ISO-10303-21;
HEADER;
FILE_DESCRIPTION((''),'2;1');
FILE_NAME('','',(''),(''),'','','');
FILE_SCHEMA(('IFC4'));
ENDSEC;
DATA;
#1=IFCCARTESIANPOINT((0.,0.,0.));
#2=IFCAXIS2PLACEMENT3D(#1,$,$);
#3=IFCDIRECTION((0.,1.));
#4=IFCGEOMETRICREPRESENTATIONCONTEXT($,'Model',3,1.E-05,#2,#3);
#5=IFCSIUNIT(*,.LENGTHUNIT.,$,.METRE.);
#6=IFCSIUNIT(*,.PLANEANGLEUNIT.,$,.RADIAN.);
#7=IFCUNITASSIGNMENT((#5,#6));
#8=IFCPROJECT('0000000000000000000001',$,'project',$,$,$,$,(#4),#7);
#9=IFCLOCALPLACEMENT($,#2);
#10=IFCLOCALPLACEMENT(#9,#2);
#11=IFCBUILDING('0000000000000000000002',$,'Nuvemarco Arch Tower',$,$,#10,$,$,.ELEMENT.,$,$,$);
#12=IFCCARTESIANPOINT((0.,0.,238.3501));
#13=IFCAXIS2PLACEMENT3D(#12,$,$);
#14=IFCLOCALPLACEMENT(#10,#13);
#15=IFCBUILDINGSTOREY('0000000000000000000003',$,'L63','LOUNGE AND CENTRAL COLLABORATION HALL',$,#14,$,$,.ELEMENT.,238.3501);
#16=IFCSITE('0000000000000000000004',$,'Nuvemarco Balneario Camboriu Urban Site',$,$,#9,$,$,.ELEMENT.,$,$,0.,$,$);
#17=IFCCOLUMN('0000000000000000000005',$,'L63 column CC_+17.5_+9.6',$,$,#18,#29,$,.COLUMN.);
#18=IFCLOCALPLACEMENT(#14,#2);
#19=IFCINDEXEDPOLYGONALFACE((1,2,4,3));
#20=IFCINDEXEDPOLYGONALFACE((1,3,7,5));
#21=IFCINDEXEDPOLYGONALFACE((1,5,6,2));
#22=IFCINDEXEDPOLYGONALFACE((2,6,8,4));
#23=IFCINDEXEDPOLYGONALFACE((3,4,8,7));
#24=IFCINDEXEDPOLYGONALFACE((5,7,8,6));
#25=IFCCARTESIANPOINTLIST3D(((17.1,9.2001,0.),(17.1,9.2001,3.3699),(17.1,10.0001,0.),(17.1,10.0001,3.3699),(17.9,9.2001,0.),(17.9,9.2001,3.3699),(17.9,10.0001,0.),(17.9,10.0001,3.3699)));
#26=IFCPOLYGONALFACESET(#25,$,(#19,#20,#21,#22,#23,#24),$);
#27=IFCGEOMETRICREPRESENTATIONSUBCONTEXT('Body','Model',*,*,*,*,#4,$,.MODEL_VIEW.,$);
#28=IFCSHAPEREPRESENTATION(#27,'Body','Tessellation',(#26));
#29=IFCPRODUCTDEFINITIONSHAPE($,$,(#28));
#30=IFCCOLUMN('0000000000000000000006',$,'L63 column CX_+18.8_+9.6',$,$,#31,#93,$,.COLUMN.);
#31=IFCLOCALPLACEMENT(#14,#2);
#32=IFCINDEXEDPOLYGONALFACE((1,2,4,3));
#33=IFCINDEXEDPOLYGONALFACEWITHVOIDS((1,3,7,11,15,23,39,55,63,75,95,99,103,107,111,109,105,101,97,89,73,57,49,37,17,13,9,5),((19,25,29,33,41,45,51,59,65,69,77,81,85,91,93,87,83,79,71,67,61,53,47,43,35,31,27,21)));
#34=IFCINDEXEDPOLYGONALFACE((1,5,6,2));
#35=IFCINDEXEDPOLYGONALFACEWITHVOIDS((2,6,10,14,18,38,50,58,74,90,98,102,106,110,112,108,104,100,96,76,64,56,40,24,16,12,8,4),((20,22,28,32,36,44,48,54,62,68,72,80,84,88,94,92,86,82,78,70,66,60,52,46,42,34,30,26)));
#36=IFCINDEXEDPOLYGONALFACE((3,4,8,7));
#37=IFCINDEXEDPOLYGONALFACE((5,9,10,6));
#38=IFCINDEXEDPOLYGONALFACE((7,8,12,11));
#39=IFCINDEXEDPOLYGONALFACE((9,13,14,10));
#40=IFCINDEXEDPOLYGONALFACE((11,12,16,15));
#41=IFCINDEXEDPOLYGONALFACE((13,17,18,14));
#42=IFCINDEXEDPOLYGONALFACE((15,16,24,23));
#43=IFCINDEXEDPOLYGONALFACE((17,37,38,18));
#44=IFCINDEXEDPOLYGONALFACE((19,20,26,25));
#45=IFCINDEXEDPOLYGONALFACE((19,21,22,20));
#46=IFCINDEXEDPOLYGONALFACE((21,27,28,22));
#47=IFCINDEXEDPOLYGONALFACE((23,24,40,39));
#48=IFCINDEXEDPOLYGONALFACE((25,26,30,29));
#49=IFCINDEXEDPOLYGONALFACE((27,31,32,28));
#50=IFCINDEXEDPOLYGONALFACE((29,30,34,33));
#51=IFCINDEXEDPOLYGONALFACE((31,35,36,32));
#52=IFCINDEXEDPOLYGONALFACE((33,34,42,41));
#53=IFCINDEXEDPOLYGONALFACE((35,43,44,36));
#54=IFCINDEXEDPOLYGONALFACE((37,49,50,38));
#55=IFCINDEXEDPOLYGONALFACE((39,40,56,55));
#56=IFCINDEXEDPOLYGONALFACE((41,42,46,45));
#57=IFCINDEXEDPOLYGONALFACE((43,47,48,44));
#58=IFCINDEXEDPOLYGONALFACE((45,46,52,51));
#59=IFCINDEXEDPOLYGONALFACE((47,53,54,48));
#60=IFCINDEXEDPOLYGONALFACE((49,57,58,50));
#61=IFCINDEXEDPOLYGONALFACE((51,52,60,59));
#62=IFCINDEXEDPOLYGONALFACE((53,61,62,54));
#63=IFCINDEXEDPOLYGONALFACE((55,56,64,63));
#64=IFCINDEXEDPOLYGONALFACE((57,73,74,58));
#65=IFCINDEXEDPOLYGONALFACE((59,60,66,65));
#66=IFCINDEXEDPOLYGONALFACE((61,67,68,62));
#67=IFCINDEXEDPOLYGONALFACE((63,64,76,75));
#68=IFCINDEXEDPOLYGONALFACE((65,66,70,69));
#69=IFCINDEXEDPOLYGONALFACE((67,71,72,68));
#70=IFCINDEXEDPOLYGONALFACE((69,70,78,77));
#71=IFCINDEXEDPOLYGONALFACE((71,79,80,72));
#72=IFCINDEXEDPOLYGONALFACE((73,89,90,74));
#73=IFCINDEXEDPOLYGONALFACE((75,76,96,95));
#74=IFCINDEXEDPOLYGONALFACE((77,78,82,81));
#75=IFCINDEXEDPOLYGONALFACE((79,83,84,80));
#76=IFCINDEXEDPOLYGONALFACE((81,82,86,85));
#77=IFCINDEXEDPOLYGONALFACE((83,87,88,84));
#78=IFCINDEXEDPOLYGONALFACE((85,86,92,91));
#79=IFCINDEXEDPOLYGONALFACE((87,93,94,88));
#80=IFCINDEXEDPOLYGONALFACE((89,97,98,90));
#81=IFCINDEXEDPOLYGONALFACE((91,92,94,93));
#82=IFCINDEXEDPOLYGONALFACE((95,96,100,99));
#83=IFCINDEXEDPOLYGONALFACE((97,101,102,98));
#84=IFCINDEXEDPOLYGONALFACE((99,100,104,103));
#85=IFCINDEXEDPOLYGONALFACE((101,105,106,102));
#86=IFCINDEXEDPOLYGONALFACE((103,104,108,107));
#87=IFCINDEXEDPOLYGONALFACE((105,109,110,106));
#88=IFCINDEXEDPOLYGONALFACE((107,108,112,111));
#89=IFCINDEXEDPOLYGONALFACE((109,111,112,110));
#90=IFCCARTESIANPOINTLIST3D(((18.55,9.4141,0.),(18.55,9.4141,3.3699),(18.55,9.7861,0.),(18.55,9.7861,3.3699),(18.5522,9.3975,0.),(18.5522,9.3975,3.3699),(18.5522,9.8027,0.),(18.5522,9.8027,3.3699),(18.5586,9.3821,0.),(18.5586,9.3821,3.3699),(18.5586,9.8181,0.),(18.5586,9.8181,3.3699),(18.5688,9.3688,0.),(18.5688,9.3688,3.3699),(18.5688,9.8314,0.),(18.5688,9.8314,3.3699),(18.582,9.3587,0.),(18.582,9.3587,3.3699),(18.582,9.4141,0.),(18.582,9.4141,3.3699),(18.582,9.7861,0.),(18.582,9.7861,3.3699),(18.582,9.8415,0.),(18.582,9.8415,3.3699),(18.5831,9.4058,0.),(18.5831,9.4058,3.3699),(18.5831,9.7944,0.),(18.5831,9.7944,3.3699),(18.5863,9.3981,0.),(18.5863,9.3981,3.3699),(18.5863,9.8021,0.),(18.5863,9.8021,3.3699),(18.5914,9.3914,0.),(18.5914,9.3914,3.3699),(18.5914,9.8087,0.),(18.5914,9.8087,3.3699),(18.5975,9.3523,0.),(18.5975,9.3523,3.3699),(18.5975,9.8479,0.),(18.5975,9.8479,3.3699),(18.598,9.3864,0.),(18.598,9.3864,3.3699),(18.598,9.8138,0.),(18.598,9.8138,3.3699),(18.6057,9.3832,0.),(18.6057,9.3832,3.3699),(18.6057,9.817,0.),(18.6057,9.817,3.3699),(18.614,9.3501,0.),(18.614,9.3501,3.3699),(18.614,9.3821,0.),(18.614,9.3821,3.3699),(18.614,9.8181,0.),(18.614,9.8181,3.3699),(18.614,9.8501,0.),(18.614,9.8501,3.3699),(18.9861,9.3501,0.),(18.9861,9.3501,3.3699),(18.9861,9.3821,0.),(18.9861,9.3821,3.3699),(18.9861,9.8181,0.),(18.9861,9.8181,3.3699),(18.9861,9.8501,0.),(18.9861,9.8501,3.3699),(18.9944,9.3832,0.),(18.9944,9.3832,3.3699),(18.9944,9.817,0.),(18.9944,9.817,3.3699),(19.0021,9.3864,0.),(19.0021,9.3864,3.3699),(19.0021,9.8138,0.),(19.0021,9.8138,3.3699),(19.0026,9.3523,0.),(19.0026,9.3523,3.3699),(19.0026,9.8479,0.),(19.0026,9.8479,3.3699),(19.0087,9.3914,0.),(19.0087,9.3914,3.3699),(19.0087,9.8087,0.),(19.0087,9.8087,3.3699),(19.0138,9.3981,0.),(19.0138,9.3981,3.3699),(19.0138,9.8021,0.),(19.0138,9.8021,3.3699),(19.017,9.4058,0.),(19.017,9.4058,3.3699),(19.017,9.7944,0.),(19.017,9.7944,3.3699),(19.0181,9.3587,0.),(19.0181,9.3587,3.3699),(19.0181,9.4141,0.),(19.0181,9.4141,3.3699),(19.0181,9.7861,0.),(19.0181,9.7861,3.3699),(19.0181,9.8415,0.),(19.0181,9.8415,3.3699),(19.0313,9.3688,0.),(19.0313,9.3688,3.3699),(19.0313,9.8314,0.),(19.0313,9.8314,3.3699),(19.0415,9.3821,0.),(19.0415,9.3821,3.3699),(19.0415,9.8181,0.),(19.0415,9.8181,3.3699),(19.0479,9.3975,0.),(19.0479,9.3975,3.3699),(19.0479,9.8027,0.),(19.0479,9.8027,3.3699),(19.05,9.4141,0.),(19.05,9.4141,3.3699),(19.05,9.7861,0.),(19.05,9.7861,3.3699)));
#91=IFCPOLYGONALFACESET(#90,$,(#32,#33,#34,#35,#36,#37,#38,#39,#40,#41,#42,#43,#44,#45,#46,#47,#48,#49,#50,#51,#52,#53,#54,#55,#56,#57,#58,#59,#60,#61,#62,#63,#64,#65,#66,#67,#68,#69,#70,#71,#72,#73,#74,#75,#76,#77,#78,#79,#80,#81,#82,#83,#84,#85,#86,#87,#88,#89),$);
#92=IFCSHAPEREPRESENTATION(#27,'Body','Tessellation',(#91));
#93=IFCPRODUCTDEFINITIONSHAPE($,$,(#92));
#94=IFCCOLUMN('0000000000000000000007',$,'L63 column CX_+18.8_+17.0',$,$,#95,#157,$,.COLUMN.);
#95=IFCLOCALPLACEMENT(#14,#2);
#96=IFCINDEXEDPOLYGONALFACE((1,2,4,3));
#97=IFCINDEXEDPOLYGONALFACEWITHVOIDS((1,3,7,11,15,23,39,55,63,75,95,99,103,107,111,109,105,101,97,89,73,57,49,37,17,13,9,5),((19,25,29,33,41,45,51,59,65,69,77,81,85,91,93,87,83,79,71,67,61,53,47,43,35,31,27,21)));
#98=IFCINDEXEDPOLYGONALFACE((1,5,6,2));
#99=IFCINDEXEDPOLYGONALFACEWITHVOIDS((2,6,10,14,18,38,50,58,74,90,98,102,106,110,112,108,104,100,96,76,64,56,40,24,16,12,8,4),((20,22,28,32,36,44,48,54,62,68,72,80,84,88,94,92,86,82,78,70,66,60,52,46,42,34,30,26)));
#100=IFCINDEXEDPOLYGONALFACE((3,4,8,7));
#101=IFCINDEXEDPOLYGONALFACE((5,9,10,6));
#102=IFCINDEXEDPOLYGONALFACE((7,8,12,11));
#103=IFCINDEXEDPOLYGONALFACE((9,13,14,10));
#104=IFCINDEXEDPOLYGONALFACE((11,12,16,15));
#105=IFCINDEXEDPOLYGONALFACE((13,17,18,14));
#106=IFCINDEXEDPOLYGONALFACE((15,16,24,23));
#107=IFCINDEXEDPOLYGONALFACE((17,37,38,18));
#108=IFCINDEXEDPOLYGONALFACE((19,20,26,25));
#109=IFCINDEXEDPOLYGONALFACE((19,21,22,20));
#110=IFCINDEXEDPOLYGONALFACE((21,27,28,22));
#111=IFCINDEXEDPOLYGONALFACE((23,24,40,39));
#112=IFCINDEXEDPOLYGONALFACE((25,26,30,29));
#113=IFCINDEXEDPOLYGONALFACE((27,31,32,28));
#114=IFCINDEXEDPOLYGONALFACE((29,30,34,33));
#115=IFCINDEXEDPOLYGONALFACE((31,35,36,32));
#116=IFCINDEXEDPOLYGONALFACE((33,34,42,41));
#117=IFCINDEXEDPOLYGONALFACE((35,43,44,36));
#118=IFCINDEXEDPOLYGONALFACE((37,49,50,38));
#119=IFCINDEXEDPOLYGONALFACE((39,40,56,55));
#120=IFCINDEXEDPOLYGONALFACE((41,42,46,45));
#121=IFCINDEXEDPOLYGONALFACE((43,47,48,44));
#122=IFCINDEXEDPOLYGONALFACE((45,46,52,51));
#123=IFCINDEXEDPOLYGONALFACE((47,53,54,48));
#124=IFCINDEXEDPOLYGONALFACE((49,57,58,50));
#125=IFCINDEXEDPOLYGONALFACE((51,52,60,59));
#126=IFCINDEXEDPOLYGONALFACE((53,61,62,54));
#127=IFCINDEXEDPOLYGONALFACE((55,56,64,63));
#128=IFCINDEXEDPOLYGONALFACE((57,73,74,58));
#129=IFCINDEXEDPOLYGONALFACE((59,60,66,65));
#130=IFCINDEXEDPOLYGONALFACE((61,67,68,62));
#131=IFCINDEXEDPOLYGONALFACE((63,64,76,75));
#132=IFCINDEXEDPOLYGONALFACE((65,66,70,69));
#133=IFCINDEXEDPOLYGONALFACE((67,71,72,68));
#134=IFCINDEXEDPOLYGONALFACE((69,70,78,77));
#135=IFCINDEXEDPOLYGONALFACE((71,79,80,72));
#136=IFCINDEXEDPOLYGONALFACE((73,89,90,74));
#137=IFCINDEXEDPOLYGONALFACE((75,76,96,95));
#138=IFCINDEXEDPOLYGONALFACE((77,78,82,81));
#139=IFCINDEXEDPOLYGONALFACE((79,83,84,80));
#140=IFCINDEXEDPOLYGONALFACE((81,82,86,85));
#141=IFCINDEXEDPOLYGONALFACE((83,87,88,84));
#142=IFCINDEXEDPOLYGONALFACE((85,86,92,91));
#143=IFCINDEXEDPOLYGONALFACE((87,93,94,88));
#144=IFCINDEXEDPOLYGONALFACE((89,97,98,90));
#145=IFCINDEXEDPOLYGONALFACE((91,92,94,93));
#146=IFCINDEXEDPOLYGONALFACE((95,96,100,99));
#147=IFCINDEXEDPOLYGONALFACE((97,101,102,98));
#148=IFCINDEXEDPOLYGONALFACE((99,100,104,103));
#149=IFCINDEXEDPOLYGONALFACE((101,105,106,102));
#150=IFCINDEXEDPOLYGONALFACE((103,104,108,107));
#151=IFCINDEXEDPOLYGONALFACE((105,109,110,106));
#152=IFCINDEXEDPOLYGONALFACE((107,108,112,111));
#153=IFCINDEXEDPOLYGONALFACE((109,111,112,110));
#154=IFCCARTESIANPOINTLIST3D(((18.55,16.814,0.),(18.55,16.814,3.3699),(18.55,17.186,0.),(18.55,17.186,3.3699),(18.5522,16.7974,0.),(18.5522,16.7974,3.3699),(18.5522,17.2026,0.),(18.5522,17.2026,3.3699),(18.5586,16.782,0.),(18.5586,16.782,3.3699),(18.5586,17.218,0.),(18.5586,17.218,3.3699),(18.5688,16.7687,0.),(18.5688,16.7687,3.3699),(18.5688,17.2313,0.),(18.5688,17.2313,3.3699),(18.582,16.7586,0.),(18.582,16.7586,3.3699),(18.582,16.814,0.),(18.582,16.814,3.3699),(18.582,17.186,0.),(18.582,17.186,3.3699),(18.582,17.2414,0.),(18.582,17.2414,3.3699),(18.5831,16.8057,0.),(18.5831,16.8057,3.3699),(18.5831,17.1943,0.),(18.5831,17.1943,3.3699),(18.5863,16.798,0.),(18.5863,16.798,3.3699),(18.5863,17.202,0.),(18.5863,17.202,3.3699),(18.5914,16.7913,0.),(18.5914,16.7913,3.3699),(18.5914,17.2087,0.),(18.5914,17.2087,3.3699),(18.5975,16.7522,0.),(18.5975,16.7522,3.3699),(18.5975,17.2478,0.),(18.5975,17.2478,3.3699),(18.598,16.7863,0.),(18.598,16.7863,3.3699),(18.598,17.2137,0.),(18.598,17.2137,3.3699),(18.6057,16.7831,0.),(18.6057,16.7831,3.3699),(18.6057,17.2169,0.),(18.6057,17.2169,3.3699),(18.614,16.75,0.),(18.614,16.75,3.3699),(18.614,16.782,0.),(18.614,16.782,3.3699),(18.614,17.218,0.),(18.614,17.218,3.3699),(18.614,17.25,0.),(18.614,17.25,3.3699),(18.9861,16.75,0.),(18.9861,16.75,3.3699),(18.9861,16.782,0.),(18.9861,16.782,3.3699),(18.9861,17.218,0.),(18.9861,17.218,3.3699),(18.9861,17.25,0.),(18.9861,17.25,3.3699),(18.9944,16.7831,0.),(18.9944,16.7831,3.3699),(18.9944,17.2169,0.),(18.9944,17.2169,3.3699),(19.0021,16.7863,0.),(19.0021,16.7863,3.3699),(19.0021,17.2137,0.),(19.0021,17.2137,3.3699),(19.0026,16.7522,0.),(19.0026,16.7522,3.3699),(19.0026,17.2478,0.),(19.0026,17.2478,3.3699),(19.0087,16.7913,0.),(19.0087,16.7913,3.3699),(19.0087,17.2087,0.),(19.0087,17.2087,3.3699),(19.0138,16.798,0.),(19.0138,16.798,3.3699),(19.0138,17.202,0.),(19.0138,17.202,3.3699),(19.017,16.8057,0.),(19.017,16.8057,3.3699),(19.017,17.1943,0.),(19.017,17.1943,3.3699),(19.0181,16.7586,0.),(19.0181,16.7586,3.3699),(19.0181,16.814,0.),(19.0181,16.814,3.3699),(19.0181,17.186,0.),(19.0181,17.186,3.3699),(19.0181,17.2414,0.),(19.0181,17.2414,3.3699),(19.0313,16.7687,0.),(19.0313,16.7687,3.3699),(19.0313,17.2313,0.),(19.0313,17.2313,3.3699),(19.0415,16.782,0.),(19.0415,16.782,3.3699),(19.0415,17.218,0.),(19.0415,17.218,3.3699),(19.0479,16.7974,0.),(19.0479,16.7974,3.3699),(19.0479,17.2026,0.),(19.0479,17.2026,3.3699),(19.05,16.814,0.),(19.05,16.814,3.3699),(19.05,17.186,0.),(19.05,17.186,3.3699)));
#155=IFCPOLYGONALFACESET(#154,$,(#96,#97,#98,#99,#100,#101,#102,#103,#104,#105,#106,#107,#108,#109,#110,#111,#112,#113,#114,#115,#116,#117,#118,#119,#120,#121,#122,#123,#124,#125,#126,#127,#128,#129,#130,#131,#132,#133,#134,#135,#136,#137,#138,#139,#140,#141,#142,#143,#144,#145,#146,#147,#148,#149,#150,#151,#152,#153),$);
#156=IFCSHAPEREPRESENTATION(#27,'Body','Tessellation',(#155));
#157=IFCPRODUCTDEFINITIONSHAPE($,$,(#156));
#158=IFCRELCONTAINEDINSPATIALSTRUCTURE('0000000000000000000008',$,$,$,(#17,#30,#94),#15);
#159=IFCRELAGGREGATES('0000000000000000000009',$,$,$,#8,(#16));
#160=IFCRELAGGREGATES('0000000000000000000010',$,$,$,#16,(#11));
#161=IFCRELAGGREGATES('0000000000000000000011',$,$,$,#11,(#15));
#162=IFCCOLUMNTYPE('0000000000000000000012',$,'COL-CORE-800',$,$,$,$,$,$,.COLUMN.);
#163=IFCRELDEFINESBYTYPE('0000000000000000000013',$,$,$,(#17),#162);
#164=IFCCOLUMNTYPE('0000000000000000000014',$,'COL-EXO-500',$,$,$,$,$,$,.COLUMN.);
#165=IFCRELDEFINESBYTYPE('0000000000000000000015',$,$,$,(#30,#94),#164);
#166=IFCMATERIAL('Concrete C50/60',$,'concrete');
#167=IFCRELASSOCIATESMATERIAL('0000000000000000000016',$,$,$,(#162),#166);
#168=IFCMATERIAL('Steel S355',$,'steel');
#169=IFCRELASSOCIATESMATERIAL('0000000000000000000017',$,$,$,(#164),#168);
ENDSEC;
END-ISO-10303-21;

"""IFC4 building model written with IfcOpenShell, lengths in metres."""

from ifc_helpers import new_model, si_unit, direction, frame, origin, origin_2d, place, context, subcontext, project, spatial, rectangle, hollow_rectangle, extrude, material, material_profile, profile_set, type_object, element, save


model = new_model("IFC4")

# Units and contexts
model_context = context("Model", 3, precision=1e-05, world=origin(), true_north=direction((0.0, 1.0)))
body_context = subcontext(model_context, "Body", "Model", "MODEL_VIEW")
ifc_project = project(units=[si_unit("LENGTHUNIT", "METRE"), si_unit("PLANEANGLEUNIT", "RADIAN")], contexts=[model_context])

# Site, building, storey
site_placement = place(None, origin())
site = spatial("IfcSite", under=ifc_project, at=site_placement, Name="Nuvemarco Balneario Camboriu Urban Site", CompositionType="ELEMENT", RefElevation=0.0)
building_placement = place(site_placement, origin())
building = spatial("IfcBuilding", under=site, at=building_placement, Name="Nuvemarco Arch Tower", CompositionType="ELEMENT")
storey_placement = place(building_placement, frame((0.0, 0.0, 238.3501)))
storey = spatial("IfcBuildingStorey", under=building, at=storey_placement, Name="L63", Description="LOUNGE AND CENTRAL COLLABORATION HALL", CompositionType="ELEMENT", Elevation=238.3501)

# Columns
ifc_material_1 = material(Name="Concrete C50/60", Category="concrete")
ifc_material_profile_1 = material_profile(ifc_material_1, rectangle(XDim=0.8, YDim=0.8, at=origin_2d()), Name="RC-COL-800x800")
ifc_profile_set_1 = profile_set([ifc_material_profile_1], Name="Concrete C50/60")
column_type_1 = type_object("IfcColumnType", Name="COL-CORE-800", PredefinedType="COLUMN", material=ifc_profile_set_1)
column_placement = place(storey_placement, frame((17.5, 9.6001, 0.0), z_axis=(0.0, 0.0, 1.0), x_axis=(1.0, 0.0, 0.0)))
element("IfcColumn", 1, at=column_placement, inside=storey, type_object=column_type_1, Name="L63 column CC_+17.5_+9.6", PredefinedType="COLUMN", context=body_context, shape_type="SweptSolid", body=[
    extrude(rectangle(XDim=0.8, YDim=0.8, at=origin_2d()), origin(), (0.0, 0.0, 1.0), 3.3699),
])
ifc_material_2 = material(Name="Steel S355", Category="steel")
ifc_material_profile_2 = material_profile(ifc_material_2, hollow_rectangle(XDim=0.5, YDim=0.5, WallThickness=0.032, InnerFilletRadius=0.032, OuterFilletRadius=0.064, at=origin_2d()), Name="SHS500x500x32")
ifc_profile_set_2 = profile_set([ifc_material_profile_2], Name="Steel S355")
column_type_2 = type_object("IfcColumnType", Name="COL-EXO-500", PredefinedType="COLUMN", material=ifc_profile_set_2)
for number, where, z_axis, x_axis, name in (
    (2, (18.8, 9.6001, 0.0), (0.0, 0.0, 1.0), (1.0, 0.0, 0.0), "L63 column CX_+18.8_+9.6"),
    (3, (18.8, 17.0, 0.0), (0.0, 0.0, 1.0), (1.0, 0.0, 0.0), "L63 column CX_+18.8_+17.0"),
):
    element("IfcColumn", number, at=place(storey_placement, frame(where, z_axis=z_axis, x_axis=x_axis)), inside=storey, type_object=column_type_2, Name=name, PredefinedType="COLUMN", context=body_context, shape_type="SweptSolid", body=[
        extrude(hollow_rectangle(XDim=0.5, YDim=0.5, WallThickness=0.032, InnerFilletRadius=0.032, OuterFilletRadius=0.064, at=origin_2d()), origin(), (0.0, 0.0, 1.0), 3.3699),
    ])

save(model, "model.ifc")
